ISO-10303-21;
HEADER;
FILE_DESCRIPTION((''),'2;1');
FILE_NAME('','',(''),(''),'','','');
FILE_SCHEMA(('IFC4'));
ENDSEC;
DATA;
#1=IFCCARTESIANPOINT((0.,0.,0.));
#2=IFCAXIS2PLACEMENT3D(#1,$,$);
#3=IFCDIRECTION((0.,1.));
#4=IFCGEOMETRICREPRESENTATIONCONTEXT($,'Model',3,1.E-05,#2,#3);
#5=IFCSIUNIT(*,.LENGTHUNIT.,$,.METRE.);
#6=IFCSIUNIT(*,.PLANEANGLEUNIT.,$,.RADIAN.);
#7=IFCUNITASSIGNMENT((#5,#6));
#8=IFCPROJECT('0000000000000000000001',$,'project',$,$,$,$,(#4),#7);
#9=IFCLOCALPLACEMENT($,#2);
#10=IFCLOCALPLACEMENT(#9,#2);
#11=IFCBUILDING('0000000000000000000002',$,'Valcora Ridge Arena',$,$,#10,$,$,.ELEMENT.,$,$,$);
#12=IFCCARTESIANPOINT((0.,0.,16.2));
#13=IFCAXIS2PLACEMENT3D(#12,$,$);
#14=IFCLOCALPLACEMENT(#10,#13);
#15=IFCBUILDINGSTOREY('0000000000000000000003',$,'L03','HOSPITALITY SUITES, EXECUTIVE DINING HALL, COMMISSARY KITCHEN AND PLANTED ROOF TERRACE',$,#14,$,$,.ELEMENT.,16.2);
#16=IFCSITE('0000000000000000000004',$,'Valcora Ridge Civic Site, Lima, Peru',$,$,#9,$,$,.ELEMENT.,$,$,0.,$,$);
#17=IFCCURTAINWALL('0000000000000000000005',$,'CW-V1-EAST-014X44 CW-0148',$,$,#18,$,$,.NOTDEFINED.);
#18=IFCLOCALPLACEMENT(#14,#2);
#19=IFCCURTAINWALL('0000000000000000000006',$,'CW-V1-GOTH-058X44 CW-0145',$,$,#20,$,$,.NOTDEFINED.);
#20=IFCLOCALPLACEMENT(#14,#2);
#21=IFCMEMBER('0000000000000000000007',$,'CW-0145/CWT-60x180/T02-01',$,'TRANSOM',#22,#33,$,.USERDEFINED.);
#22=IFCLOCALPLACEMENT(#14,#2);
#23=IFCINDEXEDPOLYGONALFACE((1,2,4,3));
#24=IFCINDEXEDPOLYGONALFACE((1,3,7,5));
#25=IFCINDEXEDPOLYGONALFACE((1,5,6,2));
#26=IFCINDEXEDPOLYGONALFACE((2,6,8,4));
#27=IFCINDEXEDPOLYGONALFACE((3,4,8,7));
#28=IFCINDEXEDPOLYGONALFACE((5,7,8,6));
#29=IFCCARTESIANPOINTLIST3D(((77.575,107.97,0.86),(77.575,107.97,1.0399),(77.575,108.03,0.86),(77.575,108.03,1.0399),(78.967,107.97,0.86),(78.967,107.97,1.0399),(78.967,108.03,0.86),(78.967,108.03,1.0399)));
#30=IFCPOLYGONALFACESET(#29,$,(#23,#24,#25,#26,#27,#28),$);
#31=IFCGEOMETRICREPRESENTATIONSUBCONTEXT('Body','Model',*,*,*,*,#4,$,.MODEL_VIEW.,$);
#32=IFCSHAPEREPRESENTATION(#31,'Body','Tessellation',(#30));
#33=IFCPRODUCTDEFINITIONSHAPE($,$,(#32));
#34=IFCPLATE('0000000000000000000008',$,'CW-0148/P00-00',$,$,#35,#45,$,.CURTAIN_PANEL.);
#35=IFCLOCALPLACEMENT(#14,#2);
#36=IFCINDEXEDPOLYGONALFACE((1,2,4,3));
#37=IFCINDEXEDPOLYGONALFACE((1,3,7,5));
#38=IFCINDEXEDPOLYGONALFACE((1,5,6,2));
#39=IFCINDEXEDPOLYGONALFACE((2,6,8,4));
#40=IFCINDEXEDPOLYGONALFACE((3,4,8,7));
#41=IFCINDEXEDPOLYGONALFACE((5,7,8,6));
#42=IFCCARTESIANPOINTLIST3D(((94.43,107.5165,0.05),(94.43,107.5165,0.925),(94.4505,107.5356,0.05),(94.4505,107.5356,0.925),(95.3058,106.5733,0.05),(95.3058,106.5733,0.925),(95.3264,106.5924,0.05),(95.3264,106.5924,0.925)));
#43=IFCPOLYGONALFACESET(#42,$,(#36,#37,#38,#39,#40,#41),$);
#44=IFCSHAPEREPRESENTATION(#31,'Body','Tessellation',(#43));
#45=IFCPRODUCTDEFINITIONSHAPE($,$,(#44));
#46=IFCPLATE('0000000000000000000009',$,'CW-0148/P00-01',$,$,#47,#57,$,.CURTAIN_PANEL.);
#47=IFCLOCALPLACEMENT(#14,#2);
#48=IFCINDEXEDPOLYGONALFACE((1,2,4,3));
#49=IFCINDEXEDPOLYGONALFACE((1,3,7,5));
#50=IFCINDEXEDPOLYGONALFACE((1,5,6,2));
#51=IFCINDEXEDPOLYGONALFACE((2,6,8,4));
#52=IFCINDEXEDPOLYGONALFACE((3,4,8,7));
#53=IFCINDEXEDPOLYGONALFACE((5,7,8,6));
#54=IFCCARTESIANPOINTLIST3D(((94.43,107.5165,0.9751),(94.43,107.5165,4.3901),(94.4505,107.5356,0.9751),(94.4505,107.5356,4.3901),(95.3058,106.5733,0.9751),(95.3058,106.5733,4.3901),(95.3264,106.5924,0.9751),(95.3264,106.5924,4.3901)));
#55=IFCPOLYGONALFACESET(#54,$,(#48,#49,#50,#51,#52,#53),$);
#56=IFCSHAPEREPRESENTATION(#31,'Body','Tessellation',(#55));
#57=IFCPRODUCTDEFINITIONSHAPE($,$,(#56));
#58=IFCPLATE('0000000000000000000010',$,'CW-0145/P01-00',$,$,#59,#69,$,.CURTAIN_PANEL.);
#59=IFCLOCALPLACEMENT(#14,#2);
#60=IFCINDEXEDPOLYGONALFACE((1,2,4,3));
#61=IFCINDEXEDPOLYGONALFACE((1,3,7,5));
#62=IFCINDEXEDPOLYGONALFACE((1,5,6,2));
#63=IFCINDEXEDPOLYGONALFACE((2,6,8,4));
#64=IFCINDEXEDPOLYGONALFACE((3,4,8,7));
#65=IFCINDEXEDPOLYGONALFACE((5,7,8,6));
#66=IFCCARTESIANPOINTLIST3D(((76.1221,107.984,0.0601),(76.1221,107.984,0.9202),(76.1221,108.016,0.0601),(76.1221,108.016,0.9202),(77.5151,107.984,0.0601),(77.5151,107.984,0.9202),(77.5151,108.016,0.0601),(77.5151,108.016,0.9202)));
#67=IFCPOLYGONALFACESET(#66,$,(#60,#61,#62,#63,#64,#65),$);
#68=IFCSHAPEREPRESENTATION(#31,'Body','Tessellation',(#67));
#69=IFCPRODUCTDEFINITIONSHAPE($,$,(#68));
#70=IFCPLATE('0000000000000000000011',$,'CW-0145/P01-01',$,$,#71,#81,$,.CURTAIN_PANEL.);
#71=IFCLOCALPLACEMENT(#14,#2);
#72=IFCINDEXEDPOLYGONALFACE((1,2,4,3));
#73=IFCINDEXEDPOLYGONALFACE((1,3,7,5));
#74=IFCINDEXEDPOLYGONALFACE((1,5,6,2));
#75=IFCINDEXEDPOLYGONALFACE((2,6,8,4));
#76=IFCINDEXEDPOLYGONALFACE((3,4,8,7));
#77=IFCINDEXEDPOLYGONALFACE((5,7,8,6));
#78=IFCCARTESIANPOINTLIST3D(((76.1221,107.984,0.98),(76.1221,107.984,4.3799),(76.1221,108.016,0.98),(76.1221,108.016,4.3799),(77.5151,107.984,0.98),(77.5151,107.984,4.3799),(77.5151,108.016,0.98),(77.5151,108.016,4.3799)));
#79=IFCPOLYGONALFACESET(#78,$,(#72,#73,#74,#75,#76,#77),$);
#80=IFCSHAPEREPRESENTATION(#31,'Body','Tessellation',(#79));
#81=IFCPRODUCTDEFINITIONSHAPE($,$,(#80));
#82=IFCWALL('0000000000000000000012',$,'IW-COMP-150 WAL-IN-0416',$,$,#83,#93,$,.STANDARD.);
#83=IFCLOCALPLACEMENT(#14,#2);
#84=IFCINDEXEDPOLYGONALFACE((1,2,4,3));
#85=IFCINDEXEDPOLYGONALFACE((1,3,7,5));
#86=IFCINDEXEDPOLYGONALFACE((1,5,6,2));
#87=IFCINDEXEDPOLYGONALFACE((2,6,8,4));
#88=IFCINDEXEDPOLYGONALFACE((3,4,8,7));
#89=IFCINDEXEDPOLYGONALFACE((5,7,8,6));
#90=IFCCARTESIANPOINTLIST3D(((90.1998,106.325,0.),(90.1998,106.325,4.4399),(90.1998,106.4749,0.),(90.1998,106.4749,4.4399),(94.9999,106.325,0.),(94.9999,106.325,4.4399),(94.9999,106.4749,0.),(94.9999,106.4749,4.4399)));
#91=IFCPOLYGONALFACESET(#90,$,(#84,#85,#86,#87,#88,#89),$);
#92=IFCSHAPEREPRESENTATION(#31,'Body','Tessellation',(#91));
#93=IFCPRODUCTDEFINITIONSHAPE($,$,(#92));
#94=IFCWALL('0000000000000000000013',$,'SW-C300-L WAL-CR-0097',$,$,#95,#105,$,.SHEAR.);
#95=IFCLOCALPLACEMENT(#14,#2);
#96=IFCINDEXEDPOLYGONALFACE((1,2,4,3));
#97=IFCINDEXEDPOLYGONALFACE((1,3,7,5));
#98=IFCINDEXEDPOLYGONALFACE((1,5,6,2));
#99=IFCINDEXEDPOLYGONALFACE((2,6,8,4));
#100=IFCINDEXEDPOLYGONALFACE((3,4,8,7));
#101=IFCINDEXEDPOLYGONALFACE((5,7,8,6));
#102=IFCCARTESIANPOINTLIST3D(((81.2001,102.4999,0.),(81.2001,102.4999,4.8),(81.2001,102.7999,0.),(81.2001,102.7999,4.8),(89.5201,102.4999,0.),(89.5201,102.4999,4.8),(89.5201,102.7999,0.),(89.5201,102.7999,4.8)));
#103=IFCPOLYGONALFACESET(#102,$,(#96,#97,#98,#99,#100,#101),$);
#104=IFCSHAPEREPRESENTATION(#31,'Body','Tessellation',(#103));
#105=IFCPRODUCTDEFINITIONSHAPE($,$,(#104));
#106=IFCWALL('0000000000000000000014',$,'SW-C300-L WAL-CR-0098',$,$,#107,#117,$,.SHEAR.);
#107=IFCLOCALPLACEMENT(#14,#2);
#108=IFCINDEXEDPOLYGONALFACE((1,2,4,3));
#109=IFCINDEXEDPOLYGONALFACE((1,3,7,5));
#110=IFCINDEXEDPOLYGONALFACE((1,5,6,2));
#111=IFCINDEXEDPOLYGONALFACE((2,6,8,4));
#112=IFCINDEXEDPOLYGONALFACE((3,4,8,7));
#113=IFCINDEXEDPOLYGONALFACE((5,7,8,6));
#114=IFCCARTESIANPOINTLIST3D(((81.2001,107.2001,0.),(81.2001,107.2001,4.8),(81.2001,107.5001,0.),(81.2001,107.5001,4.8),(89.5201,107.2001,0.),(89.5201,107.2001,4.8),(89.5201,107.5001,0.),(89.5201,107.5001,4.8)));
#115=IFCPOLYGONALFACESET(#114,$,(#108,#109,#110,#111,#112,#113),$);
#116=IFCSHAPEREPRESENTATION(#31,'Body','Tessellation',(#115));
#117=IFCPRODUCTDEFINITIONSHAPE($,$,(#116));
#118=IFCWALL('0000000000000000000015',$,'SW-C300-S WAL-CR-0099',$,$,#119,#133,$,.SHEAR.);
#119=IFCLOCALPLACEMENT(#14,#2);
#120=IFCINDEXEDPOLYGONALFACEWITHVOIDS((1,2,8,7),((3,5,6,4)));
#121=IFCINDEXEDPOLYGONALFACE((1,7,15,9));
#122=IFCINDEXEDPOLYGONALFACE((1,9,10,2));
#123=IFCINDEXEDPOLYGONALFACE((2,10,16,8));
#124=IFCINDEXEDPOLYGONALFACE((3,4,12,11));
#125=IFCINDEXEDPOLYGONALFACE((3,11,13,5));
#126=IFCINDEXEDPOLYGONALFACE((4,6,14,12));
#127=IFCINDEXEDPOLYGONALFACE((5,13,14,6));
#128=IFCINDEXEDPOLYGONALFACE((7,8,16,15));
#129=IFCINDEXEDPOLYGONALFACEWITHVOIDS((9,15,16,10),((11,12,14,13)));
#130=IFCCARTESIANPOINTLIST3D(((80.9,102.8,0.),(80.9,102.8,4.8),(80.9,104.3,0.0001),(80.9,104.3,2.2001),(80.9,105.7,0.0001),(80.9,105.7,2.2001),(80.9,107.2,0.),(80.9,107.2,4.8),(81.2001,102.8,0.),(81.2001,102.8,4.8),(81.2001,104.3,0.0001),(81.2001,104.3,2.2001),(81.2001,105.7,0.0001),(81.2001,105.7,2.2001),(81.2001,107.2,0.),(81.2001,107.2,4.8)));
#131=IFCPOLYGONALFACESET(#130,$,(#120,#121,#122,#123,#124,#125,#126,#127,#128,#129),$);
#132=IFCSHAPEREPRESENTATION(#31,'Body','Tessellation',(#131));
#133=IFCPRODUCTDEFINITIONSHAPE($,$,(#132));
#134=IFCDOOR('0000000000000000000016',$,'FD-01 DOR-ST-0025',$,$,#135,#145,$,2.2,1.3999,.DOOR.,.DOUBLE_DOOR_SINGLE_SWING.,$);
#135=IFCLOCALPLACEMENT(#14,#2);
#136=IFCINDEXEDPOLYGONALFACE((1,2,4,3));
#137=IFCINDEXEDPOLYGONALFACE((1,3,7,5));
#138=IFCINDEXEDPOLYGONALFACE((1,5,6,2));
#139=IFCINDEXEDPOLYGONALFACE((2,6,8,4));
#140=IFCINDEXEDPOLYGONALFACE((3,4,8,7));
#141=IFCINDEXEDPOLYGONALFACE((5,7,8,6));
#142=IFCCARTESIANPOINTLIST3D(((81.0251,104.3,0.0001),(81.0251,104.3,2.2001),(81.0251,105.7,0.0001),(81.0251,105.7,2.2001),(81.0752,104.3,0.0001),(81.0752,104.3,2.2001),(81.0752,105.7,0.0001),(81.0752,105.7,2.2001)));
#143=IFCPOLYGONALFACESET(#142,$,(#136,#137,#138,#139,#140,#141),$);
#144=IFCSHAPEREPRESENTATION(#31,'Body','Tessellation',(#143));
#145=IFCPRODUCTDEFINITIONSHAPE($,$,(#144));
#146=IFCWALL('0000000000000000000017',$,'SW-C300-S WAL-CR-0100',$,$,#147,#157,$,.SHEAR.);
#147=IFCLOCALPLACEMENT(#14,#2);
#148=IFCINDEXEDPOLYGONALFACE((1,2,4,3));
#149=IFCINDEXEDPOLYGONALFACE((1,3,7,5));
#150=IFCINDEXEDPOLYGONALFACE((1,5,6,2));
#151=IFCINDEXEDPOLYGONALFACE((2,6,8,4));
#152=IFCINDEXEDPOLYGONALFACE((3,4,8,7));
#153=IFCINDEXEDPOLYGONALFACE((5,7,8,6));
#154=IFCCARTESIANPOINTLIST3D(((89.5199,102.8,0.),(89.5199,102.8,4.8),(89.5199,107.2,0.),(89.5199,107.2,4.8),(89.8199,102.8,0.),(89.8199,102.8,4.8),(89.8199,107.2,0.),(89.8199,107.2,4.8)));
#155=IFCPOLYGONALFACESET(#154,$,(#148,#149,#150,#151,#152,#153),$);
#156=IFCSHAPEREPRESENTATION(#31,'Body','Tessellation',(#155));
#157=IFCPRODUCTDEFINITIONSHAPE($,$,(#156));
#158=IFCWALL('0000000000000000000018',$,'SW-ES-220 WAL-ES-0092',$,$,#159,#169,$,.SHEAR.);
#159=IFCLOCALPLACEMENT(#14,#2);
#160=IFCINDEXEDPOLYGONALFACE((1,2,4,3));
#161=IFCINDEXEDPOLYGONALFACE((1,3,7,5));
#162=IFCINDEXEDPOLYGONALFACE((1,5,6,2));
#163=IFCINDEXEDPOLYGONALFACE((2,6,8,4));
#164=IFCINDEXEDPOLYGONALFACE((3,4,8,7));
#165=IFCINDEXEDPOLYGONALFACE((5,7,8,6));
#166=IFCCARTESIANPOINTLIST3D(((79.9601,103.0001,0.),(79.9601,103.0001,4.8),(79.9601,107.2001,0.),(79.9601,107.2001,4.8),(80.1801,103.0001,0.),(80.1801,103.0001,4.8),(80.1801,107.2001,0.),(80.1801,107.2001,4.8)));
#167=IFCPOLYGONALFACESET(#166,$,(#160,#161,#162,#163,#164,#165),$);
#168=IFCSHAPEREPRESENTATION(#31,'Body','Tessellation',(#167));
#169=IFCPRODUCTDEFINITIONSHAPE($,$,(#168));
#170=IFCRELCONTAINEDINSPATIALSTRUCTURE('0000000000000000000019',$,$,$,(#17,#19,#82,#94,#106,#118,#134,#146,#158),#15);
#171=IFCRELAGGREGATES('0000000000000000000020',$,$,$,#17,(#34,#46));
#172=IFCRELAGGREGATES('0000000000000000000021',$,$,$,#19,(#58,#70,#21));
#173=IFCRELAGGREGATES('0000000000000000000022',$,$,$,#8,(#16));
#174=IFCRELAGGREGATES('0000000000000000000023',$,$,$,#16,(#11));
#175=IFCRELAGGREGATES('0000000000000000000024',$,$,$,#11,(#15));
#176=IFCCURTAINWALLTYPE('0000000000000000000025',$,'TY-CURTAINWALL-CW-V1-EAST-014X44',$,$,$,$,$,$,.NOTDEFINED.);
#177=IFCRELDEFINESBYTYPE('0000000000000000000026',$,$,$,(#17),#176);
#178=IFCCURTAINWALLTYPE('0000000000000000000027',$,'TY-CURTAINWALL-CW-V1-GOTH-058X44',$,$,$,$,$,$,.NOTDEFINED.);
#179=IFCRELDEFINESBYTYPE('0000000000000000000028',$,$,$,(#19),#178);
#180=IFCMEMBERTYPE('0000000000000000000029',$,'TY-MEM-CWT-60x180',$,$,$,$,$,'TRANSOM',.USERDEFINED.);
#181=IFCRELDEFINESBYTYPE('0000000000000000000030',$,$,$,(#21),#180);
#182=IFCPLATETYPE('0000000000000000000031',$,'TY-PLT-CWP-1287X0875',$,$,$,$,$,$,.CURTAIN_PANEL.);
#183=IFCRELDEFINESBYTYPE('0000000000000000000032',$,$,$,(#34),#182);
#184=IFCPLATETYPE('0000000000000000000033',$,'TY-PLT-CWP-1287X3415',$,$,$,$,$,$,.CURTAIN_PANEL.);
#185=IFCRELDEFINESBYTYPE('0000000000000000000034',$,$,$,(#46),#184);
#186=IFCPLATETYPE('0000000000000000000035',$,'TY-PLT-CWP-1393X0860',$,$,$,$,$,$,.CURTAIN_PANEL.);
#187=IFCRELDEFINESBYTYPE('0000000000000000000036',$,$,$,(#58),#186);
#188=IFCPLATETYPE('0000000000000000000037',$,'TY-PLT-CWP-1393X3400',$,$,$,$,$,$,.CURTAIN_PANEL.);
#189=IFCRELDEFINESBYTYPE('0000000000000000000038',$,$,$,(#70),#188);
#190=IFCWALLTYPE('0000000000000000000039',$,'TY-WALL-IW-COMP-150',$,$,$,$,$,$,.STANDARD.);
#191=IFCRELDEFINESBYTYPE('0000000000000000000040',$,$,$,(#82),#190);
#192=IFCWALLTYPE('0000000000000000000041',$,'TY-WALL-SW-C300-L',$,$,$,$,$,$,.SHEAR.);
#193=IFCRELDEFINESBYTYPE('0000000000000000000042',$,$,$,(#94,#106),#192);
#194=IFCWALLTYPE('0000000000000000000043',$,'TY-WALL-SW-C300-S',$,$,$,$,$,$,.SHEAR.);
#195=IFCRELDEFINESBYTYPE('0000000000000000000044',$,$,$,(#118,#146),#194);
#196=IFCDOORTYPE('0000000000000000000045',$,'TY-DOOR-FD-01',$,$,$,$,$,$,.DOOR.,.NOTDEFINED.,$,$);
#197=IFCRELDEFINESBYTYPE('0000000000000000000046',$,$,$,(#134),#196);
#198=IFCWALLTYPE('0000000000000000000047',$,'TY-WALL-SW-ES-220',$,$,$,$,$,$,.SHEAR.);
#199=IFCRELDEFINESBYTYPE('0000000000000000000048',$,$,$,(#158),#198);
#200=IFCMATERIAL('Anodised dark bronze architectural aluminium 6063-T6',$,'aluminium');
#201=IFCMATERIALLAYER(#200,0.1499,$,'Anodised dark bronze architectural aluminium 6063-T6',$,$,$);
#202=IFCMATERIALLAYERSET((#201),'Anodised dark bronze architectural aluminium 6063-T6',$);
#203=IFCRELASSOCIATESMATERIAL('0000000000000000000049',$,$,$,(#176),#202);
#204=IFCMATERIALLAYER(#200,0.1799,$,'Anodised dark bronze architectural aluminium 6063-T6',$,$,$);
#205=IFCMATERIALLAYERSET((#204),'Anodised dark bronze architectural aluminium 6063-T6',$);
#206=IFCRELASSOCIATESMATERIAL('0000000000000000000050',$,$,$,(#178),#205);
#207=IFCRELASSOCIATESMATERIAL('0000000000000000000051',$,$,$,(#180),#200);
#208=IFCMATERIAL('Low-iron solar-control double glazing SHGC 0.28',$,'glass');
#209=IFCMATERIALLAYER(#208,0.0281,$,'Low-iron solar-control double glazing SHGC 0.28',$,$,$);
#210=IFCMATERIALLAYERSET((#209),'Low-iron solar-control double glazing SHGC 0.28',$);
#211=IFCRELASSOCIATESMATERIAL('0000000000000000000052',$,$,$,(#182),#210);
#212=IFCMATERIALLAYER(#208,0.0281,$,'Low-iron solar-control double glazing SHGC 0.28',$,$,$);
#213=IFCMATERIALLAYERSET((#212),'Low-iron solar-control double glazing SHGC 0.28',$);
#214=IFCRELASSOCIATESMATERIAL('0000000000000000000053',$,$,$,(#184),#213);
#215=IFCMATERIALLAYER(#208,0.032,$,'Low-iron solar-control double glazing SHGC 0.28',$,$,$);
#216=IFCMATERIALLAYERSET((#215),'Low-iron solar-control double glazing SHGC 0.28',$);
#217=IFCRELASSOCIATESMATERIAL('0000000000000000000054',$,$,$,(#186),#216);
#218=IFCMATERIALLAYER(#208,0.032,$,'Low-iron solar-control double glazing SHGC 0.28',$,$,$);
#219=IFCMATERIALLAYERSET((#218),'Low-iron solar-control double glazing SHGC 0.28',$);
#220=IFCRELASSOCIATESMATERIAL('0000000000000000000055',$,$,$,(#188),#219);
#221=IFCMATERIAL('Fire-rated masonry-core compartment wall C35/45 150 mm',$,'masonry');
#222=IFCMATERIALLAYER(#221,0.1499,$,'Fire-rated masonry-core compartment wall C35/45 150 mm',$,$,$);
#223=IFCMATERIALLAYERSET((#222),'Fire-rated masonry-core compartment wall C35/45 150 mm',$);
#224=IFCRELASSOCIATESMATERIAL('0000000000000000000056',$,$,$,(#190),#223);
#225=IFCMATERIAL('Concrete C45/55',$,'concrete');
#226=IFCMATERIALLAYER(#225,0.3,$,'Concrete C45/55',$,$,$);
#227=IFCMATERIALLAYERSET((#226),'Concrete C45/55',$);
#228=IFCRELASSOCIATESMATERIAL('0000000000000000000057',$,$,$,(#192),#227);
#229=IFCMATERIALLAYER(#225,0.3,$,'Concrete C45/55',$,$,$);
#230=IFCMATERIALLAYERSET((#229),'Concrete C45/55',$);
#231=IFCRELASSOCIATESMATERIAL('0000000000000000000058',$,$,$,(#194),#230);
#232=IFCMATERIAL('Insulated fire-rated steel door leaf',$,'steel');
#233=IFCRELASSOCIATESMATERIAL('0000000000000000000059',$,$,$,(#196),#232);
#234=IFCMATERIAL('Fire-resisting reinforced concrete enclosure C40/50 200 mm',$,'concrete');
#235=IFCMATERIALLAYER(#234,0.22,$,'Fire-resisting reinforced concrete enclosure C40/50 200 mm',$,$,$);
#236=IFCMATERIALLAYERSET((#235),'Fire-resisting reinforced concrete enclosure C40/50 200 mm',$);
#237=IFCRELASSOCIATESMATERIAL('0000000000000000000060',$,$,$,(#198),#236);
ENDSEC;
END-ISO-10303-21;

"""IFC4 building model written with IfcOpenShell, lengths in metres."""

from ifc_helpers import new_model, si_unit, direction, frame, frame_2d, origin, origin_2d, place, context, subcontext, project, spatial, rectangle, extrude, material, layer, layer_set, material_profile, profile_set, type_object, element, fill, aggregate, save


model = new_model("IFC4")

# Units and contexts
model_context = context("Model", 3, precision=1e-05, world=origin(), true_north=direction((0.0, 1.0)))
body_context = subcontext(model_context, "Body", "Model", "MODEL_VIEW")
ifc_project = project(units=[si_unit("LENGTHUNIT", "METRE"), si_unit("PLANEANGLEUNIT", "RADIAN")], contexts=[model_context])

# Site, building, storey
site_placement = place(None, origin())
site = spatial("IfcSite", under=ifc_project, at=site_placement, Name="Valcora Ridge Civic Site, Lima, Peru", CompositionType="ELEMENT", RefElevation=0.0)
building_placement = place(site_placement, origin())
building = spatial("IfcBuilding", under=site, at=building_placement, Name="Valcora Ridge Arena", CompositionType="ELEMENT")
storey_placement = place(building_placement, frame((0.0, 0.0, 16.2)))
storey = spatial("IfcBuildingStorey", under=building, at=storey_placement, Name="L03", Description="HOSPITALITY SUITES, EXECUTIVE DINING HALL, COMMISSARY KITCHEN AND PLANTED ROOF TERRACE", CompositionType="ELEMENT", Elevation=16.2)

# Curtain walls
ifc_material_1 = material(Name="Anodised dark bronze architectural aluminium 6063-T6", Category="aluminium")
ifc_layer_1 = layer(ifc_material_1, 0.1499, Name="Anodised dark bronze architectural aluminium 6063-T6")
ifc_layer_set_1 = layer_set([ifc_layer_1], Name="Anodised dark bronze architectural aluminium 6063-T6")
curtain_wall_type_1 = type_object("IfcCurtainWallType", Name="TY-CURTAINWALL-CW-V1-EAST-014X44", PredefinedType="NOTDEFINED", material=ifc_layer_set_1)
curtain_wall_1_placement = place(storey_placement, origin())
curtain_wall_1 = element("IfcCurtainWall", 1, at=curtain_wall_1_placement, inside=storey, type_object=curtain_wall_type_1, Name="CW-V1-EAST-014X44 CW-0148", PredefinedType="NOTDEFINED")
ifc_layer_2 = layer(ifc_material_1, 0.1799, Name="Anodised dark bronze architectural aluminium 6063-T6")
ifc_layer_set_2 = layer_set([ifc_layer_2], Name="Anodised dark bronze architectural aluminium 6063-T6")
curtain_wall_type_2 = type_object("IfcCurtainWallType", Name="TY-CURTAINWALL-CW-V1-GOTH-058X44", PredefinedType="NOTDEFINED", material=ifc_layer_set_2)
curtain_wall_2_placement = place(storey_placement, origin())
curtain_wall_2 = element("IfcCurtainWall", 2, at=curtain_wall_2_placement, inside=storey, type_object=curtain_wall_type_2, Name="CW-V1-GOTH-058X44 CW-0145", PredefinedType="NOTDEFINED")

# Member
ifc_material_profile_1 = material_profile(ifc_material_1, rectangle(XDim=0.0601, YDim=0.1799, at=origin_2d()), Name="ALU TRANSOM 60x180")
ifc_profile_set_1 = profile_set([ifc_material_profile_1], Name="Anodised dark bronze architectural aluminium 6063-T6")
member_type_1 = type_object("IfcMemberType", Name="TY-MEM-CWT-60x180", ElementType="TRANSOM", PredefinedType="USERDEFINED", material=ifc_profile_set_1)
member_1_placement = place(storey_placement, frame((77.575, 108.0, 0.95), z_axis=(1.0, 0.0, 0.0), x_axis=(0.0, 1.0, 0.0)))
member_1 = element("IfcMember", 3, at=member_1_placement, type_object=member_type_1, Name="CW-0145/CWT-60x180/T02-01", ObjectType="TRANSOM", PredefinedType="USERDEFINED", context=body_context, shape_type="SweptSolid", body=[
    extrude(rectangle(XDim=0.0601, YDim=0.1799, at=origin_2d()), origin(), (0.0, 0.0, 1.0), 1.3921),
])

# Plates
ifc_material_2 = material(Name="Low-iron solar-control double glazing SHGC 0.28", Category="glass")
ifc_layer_3 = layer(ifc_material_2, 0.0281, Name="Low-iron solar-control double glazing SHGC 0.28")
ifc_layer_set_3 = layer_set([ifc_layer_3], Name="Low-iron solar-control double glazing SHGC 0.28")
plate_type_1 = type_object("IfcPlateType", Name="TY-PLT-CWP-1287X0875", PredefinedType="CURTAIN_PANEL", material=ifc_layer_set_3)
plate_1_placement = place(storey_placement, frame((94.8782, 107.0544, 0.05), z_axis=(0.0, 0.0, 1.0), x_axis=(-0.680492, 0.732756, 0.0)))
plate_1 = element("IfcPlate", 4, at=plate_1_placement, type_object=plate_type_1, Name="CW-0148/P00-00", PredefinedType="CURTAIN_PANEL", context=body_context, shape_type="SweptSolid", body=[
    extrude(rectangle(XDim=1.2871, YDim=0.0281, at=origin_2d()), origin(), (0.0, 0.0, 1.0), 0.875),
])
ifc_layer_4 = layer(ifc_material_2, 0.0281, Name="Low-iron solar-control double glazing SHGC 0.28")
ifc_layer_set_4 = layer_set([ifc_layer_4], Name="Low-iron solar-control double glazing SHGC 0.28")
plate_type_2 = type_object("IfcPlateType", Name="TY-PLT-CWP-1287X3415", PredefinedType="CURTAIN_PANEL", material=ifc_layer_set_4)
plate_2_placement = place(storey_placement, frame((94.8782, 107.0544, 0.9751), z_axis=(0.0, 0.0, 1.0), x_axis=(-0.680492, 0.732756, 0.0)))
plate_2 = element("IfcPlate", 5, at=plate_2_placement, type_object=plate_type_2, Name="CW-0148/P00-01", PredefinedType="CURTAIN_PANEL", context=body_context, shape_type="SweptSolid", body=[
    extrude(rectangle(XDim=1.2871, YDim=0.0281, at=origin_2d()), origin(), (0.0, 0.0, 1.0), 3.415),
])
aggregate(curtain_wall_1, [plate_1, plate_2])
ifc_layer_5 = layer(ifc_material_2, 0.032, Name="Low-iron solar-control double glazing SHGC 0.28")
ifc_layer_set_5 = layer_set([ifc_layer_5], Name="Low-iron solar-control double glazing SHGC 0.28")
plate_type_3 = type_object("IfcPlateType", Name="TY-PLT-CWP-1393X0860", PredefinedType="CURTAIN_PANEL", material=ifc_layer_set_5)
plate_3_placement = place(storey_placement, frame((76.8186, 108.0, 0.0601), z_axis=(0.0, 0.0, 1.0), x_axis=(1.0, 0.0, 0.0)))
plate_3 = element("IfcPlate", 6, at=plate_3_placement, type_object=plate_type_3, Name="CW-0145/P01-00", PredefinedType="CURTAIN_PANEL", context=body_context, shape_type="SweptSolid", body=[
    extrude(rectangle(XDim=1.3931, YDim=0.032, at=origin_2d()), origin(), (0.0, 0.0, 1.0), 0.8601),
])
ifc_layer_6 = layer(ifc_material_2, 0.032, Name="Low-iron solar-control double glazing SHGC 0.28")
ifc_layer_set_6 = layer_set([ifc_layer_6], Name="Low-iron solar-control double glazing SHGC 0.28")
plate_type_4 = type_object("IfcPlateType", Name="TY-PLT-CWP-1393X3400", PredefinedType="CURTAIN_PANEL", material=ifc_layer_set_6)
plate_4_placement = place(storey_placement, frame((76.8186, 108.0, 0.98), z_axis=(0.0, 0.0, 1.0), x_axis=(1.0, 0.0, 0.0)))
plate_4 = element("IfcPlate", 7, at=plate_4_placement, type_object=plate_type_4, Name="CW-0145/P01-01", PredefinedType="CURTAIN_PANEL", context=body_context, shape_type="SweptSolid", body=[
    extrude(rectangle(XDim=1.3931, YDim=0.032, at=origin_2d()), origin(), (0.0, 0.0, 1.0), 3.3999),
])
aggregate(curtain_wall_2, [plate_3, plate_4, member_1])

# Walls
ifc_material_3 = material(Name="Fire-rated masonry-core compartment wall C35/45 150 mm", Category="masonry")
ifc_layer_7 = layer(ifc_material_3, 0.1499, Name="Fire-rated masonry-core compartment wall C35/45 150 mm")
ifc_layer_set_7 = layer_set([ifc_layer_7], Name="Fire-rated masonry-core compartment wall C35/45 150 mm")
wall_type_1 = type_object("IfcWallType", Name="TY-WALL-IW-COMP-150", PredefinedType="STANDARD", material=ifc_layer_set_7)
wall_1_placement = place(storey_placement, frame((90.2, 106.3999, 0.0), z_axis=(0.0, 0.0, 1.0), x_axis=(1.0, 0.0, 0.0)))
element("IfcWall", 8, at=wall_1_placement, inside=storey, type_object=wall_type_1, Name="IW-COMP-150 WAL-IN-0416", PredefinedType="STANDARD", context=body_context, shape_type="SweptSolid", body=[
    extrude(rectangle(XDim=4.8, YDim=0.1499, at=frame_2d((2.3999, 0.0))), origin(), (0.0, 0.0, 1.0), 4.4399),
])
ifc_material_4 = material(Name="Concrete C45/55", Category="concrete")
ifc_layer_8 = layer(ifc_material_4, 0.3, Name="Concrete C45/55")
ifc_layer_set_8 = layer_set([ifc_layer_8], Name="Concrete C45/55")
wall_type_2 = type_object("IfcWallType", Name="TY-WALL-SW-C300-L", PredefinedType="SHEAR", material=ifc_layer_set_8)
for number, where, z_axis, x_axis, name in (
    (9, (81.2, 102.6499, 0.0), (0.0, 0.0, 1.0), (1.0, 0.0, 0.0), "SW-C300-L WAL-CR-0097"),
    (10, (81.2, 107.3501, 0.0), (0.0, 0.0, 1.0), (1.0, 0.0, 0.0), "SW-C300-L WAL-CR-0098"),
):
    element("IfcWall", number, at=place(storey_placement, frame(where, z_axis=z_axis, x_axis=x_axis)), inside=storey, type_object=wall_type_2, Name=name, PredefinedType="SHEAR", context=body_context, shape_type="SweptSolid", body=[
        extrude(rectangle(XDim=8.3201, YDim=0.3, at=frame_2d((4.1602, 0.0))), origin(), (0.0, 0.0, 1.0), 4.8),
    ])

# Wall, opening, door
ifc_layer_9 = layer(ifc_material_4, 0.3, Name="Concrete C45/55")
ifc_layer_set_9 = layer_set([ifc_layer_9], Name="Concrete C45/55")
wall_type_3 = type_object("IfcWallType", Name="TY-WALL-SW-C300-S", PredefinedType="SHEAR", material=ifc_layer_set_9)
wall_2_placement = place(storey_placement, frame((81.05, 102.8, 0.0), z_axis=(0.0, 0.0, 1.0), x_axis=(0.0, 1.0, 0.0)))
wall_2 = element("IfcWall", 11, at=wall_2_placement, inside=storey, type_object=wall_type_3, Name="SW-C300-S WAL-CR-0099", PredefinedType="SHEAR", context=body_context, shape_type="SweptSolid", body=[
    extrude(rectangle(XDim=4.3999, YDim=0.3, at=frame_2d((2.2, 0.0))), origin(), (0.0, 0.0, 1.0), 4.8),
])
opening_placement = place(wall_2_placement, frame((1.5, 0.0, 0.0)))
opening = element("IfcOpeningElement", 12, at=opening_placement, cuts=wall_2, PredefinedType="OPENING", context=body_context, shape_type="SweptSolid", body=[
    extrude(rectangle(XDim=1.3999, YDim=2.2, at=frame_2d((0.7, 1.1001))), frame((0.0, 0.1599, 0.0), z_axis=(0.0, -1.0, 0.0), x_axis=(1.0, 0.0, 0.0)), (0.0, 0.0, 1.0), 0.3201),
])
ifc_material_5 = material(Name="Insulated fire-rated steel door leaf", Category="steel")
door_type = type_object("IfcDoorType", Name="TY-DOOR-FD-01", OperationType="NOTDEFINED", PredefinedType="DOOR", material=ifc_material_5)
door_placement = place(opening_placement, origin())
door = element("IfcDoor", 13, at=door_placement, inside=storey, type_object=door_type, Name="FD-01 DOR-ST-0025", OperationType="DOUBLE_DOOR_SINGLE_SWING", OverallHeight=2.2, OverallWidth=1.3999, PredefinedType="DOOR", context=body_context, shape_type="SweptSolid", body=[
    extrude(rectangle(XDim=1.3999, YDim=2.2, at=frame_2d((0.7, 1.1001))), frame((0.0, 0.0249, 0.0), z_axis=(0.0, -1.0, 0.0), x_axis=(1.0, 0.0, 0.0)), (0.0, 0.0, 1.0), 0.05),
])
fill(opening, door)

# Walls
wall_3_placement = place(storey_placement, frame((89.6699, 102.8, 0.0), z_axis=(0.0, 0.0, 1.0), x_axis=(0.0, 1.0, 0.0)))
element("IfcWall", 14, at=wall_3_placement, inside=storey, type_object=wall_type_3, Name="SW-C300-S WAL-CR-0100", PredefinedType="SHEAR", context=body_context, shape_type="SweptSolid", body=[
    extrude(rectangle(XDim=4.3999, YDim=0.3, at=frame_2d((2.2, 0.0))), origin(), (0.0, 0.0, 1.0), 4.8),
])
ifc_material_6 = material(Name="Fire-resisting reinforced concrete enclosure C40/50 200 mm", Category="concrete")
ifc_layer_10 = layer(ifc_material_6, 0.22, Name="Fire-resisting reinforced concrete enclosure C40/50 200 mm")
ifc_layer_set_10 = layer_set([ifc_layer_10], Name="Fire-resisting reinforced concrete enclosure C40/50 200 mm")
wall_type_4 = type_object("IfcWallType", Name="TY-WALL-SW-ES-220", PredefinedType="SHEAR", material=ifc_layer_set_10)
wall_4_placement = place(storey_placement, frame((80.0701, 103.0, 0.0), z_axis=(0.0, 0.0, 1.0), x_axis=(0.0, 1.0, 0.0)))
element("IfcWall", 15, at=wall_4_placement, inside=storey, type_object=wall_type_4, Name="SW-ES-220 WAL-ES-0092", PredefinedType="SHEAR", context=body_context, shape_type="SweptSolid", body=[
    extrude(rectangle(XDim=4.2, YDim=0.22, at=frame_2d((2.1001, 0.0))), origin(), (0.0, 0.0, 1.0), 4.8),
])

save(model, "model.ifc")
